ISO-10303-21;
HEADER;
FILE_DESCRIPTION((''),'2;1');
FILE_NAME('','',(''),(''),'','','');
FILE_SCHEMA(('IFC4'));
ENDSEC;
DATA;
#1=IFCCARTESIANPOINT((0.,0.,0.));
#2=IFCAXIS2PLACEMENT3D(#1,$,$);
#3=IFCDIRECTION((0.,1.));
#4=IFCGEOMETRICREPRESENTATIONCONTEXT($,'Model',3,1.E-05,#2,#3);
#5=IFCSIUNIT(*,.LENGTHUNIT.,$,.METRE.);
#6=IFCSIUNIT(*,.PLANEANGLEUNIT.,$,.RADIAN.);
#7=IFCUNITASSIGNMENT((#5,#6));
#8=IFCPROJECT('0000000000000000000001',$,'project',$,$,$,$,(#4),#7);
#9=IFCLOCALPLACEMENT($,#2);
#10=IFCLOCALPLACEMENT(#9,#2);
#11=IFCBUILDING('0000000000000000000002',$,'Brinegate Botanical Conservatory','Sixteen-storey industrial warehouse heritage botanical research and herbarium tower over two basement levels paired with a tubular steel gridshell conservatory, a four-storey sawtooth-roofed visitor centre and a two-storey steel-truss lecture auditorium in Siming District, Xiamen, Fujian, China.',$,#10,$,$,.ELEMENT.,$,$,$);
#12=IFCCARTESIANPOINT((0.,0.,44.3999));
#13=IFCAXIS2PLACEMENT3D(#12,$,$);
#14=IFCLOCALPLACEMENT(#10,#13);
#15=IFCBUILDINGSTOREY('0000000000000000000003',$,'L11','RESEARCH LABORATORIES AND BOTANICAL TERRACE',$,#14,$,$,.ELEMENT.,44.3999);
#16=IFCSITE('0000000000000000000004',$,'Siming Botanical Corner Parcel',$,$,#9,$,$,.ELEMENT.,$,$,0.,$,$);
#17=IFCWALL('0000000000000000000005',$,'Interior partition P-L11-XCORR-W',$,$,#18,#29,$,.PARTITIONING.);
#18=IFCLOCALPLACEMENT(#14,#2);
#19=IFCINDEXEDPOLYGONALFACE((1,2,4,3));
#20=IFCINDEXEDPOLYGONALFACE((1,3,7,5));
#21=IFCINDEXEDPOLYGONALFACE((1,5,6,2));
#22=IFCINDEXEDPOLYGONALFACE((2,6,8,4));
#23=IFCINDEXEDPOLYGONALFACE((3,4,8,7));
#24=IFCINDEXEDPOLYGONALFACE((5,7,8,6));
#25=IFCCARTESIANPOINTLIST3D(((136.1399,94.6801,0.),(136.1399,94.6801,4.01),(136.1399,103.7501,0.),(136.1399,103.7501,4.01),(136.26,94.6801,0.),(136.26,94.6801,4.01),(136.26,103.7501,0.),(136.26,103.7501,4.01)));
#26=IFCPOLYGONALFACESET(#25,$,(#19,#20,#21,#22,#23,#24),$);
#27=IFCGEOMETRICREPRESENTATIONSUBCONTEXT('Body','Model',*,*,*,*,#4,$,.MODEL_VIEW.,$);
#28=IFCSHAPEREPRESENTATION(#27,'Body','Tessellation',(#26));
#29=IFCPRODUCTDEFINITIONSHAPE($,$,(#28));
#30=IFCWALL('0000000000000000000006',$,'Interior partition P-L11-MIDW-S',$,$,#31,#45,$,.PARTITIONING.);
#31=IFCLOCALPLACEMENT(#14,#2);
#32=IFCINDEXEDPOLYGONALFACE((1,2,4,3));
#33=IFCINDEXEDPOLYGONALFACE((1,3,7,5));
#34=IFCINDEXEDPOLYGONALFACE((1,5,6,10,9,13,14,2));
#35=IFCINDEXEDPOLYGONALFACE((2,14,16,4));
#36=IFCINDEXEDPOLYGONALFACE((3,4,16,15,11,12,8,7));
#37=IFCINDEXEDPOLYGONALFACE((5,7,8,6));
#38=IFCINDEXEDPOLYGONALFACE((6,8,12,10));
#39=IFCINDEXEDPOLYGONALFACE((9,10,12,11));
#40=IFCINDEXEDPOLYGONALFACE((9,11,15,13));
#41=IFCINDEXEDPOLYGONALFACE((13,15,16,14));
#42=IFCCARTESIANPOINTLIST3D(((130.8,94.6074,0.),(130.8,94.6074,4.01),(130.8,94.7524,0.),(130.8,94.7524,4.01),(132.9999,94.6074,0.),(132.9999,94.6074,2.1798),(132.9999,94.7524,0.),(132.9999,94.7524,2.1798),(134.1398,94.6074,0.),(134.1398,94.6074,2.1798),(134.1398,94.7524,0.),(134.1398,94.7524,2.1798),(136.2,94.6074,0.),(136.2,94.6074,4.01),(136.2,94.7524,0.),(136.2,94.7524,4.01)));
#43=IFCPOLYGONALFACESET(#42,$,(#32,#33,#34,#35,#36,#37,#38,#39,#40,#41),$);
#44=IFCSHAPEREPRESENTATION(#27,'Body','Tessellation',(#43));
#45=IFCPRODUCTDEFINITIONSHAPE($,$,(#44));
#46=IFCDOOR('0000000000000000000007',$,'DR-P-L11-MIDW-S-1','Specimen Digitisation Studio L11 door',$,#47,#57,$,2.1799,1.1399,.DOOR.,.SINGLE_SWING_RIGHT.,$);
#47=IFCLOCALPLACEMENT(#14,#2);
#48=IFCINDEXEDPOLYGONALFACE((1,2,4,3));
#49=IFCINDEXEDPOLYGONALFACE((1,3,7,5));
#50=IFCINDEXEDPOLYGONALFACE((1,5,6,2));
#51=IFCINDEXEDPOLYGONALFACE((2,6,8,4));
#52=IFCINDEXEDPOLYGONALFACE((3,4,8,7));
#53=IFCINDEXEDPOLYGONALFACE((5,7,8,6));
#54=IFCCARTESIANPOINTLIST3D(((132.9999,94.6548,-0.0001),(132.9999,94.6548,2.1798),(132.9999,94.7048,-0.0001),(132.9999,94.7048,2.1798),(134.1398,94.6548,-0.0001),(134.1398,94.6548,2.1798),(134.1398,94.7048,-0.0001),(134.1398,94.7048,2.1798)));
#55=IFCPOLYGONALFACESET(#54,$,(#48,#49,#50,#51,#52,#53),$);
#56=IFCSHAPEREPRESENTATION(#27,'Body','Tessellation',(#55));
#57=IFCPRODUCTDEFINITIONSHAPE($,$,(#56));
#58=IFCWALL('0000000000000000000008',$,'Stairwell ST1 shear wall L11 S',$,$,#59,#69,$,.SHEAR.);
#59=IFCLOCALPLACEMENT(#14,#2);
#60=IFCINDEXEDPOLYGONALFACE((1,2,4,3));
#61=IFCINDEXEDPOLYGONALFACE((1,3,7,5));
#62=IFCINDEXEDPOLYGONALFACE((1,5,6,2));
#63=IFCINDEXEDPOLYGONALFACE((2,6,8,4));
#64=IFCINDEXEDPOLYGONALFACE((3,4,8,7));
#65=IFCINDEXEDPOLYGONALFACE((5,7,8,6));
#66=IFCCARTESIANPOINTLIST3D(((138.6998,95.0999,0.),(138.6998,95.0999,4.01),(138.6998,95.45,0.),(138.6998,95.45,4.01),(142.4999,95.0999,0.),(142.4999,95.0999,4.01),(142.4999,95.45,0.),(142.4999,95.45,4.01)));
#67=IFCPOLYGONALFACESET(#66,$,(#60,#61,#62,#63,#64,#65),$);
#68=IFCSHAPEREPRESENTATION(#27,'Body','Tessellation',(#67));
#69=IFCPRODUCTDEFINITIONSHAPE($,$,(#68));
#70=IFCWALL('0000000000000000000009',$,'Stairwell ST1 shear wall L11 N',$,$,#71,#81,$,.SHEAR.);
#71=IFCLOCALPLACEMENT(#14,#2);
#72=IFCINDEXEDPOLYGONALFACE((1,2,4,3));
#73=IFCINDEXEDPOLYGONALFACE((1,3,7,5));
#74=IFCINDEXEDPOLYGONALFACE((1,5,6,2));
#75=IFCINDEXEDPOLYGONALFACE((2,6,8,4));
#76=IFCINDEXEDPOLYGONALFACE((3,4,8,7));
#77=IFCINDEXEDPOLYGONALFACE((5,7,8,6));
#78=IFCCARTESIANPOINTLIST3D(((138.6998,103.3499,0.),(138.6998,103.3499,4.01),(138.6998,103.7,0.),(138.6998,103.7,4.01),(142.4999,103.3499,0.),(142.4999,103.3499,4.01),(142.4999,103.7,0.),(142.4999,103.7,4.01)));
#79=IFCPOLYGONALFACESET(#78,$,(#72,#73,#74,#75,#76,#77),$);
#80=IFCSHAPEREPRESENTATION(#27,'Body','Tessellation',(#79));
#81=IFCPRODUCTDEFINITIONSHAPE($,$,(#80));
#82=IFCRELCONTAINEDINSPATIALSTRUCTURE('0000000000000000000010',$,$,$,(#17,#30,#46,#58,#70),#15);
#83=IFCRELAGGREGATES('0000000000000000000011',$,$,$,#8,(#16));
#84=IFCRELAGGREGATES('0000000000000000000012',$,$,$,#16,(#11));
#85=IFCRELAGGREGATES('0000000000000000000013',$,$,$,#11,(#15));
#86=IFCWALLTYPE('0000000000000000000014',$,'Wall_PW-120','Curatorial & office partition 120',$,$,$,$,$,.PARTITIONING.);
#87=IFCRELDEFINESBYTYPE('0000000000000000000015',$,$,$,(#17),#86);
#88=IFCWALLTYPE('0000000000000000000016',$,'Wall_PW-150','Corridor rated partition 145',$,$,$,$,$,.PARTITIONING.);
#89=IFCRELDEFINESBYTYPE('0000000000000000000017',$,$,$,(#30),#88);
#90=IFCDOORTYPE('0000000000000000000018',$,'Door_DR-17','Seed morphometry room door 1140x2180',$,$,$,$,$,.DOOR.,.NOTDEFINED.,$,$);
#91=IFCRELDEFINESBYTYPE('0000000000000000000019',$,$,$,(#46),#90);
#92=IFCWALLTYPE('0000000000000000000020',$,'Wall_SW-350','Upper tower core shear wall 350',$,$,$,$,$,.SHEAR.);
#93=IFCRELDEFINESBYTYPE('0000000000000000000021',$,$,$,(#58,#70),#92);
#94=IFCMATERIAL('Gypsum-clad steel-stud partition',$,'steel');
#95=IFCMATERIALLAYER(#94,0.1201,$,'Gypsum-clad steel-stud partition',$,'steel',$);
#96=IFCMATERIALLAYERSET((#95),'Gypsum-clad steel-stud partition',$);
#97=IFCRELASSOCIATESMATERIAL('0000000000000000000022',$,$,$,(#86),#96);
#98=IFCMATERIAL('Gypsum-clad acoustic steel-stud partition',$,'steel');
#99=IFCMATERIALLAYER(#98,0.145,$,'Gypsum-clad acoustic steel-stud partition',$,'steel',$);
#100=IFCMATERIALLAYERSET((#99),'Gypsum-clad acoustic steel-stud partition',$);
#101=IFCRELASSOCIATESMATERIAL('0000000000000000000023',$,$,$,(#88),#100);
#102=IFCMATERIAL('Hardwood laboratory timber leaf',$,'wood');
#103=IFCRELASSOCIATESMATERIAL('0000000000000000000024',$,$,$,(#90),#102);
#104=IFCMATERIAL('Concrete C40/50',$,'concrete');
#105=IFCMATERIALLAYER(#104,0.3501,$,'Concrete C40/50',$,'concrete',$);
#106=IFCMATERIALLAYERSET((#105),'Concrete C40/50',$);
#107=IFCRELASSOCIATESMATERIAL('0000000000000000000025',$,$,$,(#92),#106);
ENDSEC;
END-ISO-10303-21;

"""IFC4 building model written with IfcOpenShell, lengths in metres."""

from ifc_helpers import new_model, si_unit, direction, frame, frame_2d, origin, place, context, subcontext, project, spatial, rectangle, extrude, material, layer, layer_set, type_object, element, fill, save


model = new_model("IFC4")

# Units and contexts
model_context = context("Model", 3, precision=1e-05, world=origin(), true_north=direction((0.0, 1.0)))
body_context = subcontext(model_context, "Body", "Model", "MODEL_VIEW")
ifc_project = project(units=[si_unit("LENGTHUNIT", "METRE"), si_unit("PLANEANGLEUNIT", "RADIAN")], contexts=[model_context])

# Site, building, storey
site_placement = place(None, origin())
site = spatial("IfcSite", under=ifc_project, at=site_placement, Name="Siming Botanical Corner Parcel", CompositionType="ELEMENT", RefElevation=0.0)
building_placement = place(site_placement, origin())
building = spatial("IfcBuilding", under=site, at=building_placement, Name="Brinegate Botanical Conservatory", Description="Sixteen-storey industrial warehouse heritage botanical research and herbarium tower over two basement levels paired with a tubular steel gridshell conservatory, a four-storey sawtooth-roofed visitor centre and a two-storey steel-truss lecture auditorium in Siming District, Xiamen, Fujian, China.", CompositionType="ELEMENT")
storey_placement = place(building_placement, frame((0.0, 0.0, 44.3999)))
storey = spatial("IfcBuildingStorey", under=building, at=storey_placement, Name="L11", Description="RESEARCH LABORATORIES AND BOTANICAL TERRACE", CompositionType="ELEMENT", Elevation=44.3999)

# Shared definitions
ifc_material_1 = material(Name="Concrete C40/50", Category="concrete")

# Wall
ifc_material_2 = material(Name="Gypsum-clad steel-stud partition", Category="steel")
ifc_layer_1 = layer(ifc_material_2, 0.1201, Name="Gypsum-clad steel-stud partition", Category="steel")
ifc_layer_set_1 = layer_set([ifc_layer_1], Name="Gypsum-clad steel-stud partition")
wall_type_1 = type_object("IfcWallType", Name="Wall_PW-120", Description="Curatorial & office partition 120", PredefinedType="PARTITIONING", material=ifc_layer_set_1)
wall_1_placement = place(storey_placement, frame((136.2, 94.6799, 0.0), z_axis=(0.0, 0.0, 1.0), x_axis=(0.0, 1.0, 0.0)))
element("IfcWall", 1, at=wall_1_placement, inside=storey, type_object=wall_type_1, Name="Interior partition P-L11-XCORR-W", PredefinedType="PARTITIONING", context=body_context, shape_type="SweptSolid", body=[
    extrude(rectangle(XDim=9.0701, YDim=0.1201, at=frame_2d((4.5352, 0.0))), origin(), (0.0, 0.0, 1.0), 4.01),
])

# Wall, opening, door
ifc_material_3 = material(Name="Gypsum-clad acoustic steel-stud partition", Category="steel")
ifc_layer_2 = layer(ifc_material_3, 0.145, Name="Gypsum-clad acoustic steel-stud partition", Category="steel")
ifc_layer_set_2 = layer_set([ifc_layer_2], Name="Gypsum-clad acoustic steel-stud partition")
wall_type_2 = type_object("IfcWallType", Name="Wall_PW-150", Description="Corridor rated partition 145", PredefinedType="PARTITIONING", material=ifc_layer_set_2)
wall_2_placement = place(storey_placement, frame((130.8, 94.6799, 0.0), z_axis=(0.0, 0.0, 1.0), x_axis=(1.0, 0.0, 0.0)))
wall_2 = element("IfcWall", 2, at=wall_2_placement, inside=storey, type_object=wall_type_2, Name="Interior partition P-L11-MIDW-S", PredefinedType="PARTITIONING", context=body_context, shape_type="SweptSolid", body=[
    extrude(rectangle(XDim=5.3999, YDim=0.145, at=frame_2d((2.7, 0.0))), origin(), (0.0, 0.0, 1.0), 4.01),
])
opening_1_placement = place(wall_2_placement, frame((2.2, 0.0, 0.0)))
opening_1 = element("IfcOpeningElement", 3, at=opening_1_placement, cuts=wall_2, PredefinedType="OPENING", context=body_context, shape_type="SweptSolid", body=[
    extrude(rectangle(XDim=1.1399, YDim=2.1799, at=frame_2d((0.5698, 1.0898))), frame((0.0, 0.0825, 0.0), z_axis=(0.0, -1.0, 0.0), x_axis=(1.0, 0.0, 0.0)), (0.0, 0.0, 1.0), 0.165),
])
ifc_material_4 = material(Name="Hardwood laboratory timber leaf", Category="wood")
door_type = type_object("IfcDoorType", Name="Door_DR-17", Description="Seed morphometry room door 1140x2180", OperationType="NOTDEFINED", PredefinedType="DOOR", material=ifc_material_4)
door_placement = place(opening_1_placement, origin())
door = element("IfcDoor", 4, at=door_placement, inside=storey, type_object=door_type, Name="DR-P-L11-MIDW-S-1", Description="Specimen Digitisation Studio L11 door", OperationType="SINGLE_SWING_RIGHT", OverallHeight=2.1799, OverallWidth=1.1399, PredefinedType="DOOR", context=body_context, shape_type="SweptSolid", body=[
    extrude(rectangle(XDim=1.1399, YDim=2.1799, at=frame_2d((0.5698, 1.0898))), frame((0.0, 0.0249, 0.0), z_axis=(0.0, -1.0, 0.0), x_axis=(1.0, 0.0, 0.0)), (0.0, 0.0, 1.0), 0.05),
])
fill(opening_1, door)

# Walls
ifc_layer_3 = layer(ifc_material_1, 0.3501, Name="Concrete C40/50", Category="concrete")
ifc_layer_set_3 = layer_set([ifc_layer_3], Name="Concrete C40/50")
wall_type_3 = type_object("IfcWallType", Name="Wall_SW-350", Description="Upper tower core shear wall 350", PredefinedType="SHEAR", material=ifc_layer_set_3)
for number, where, z_axis, x_axis, name in (
    (5, (138.7, 95.2749, 0.0), (0.0, 0.0, 1.0), (1.0, 0.0, 0.0), "Stairwell ST1 shear wall L11 S"),
    (6, (138.7, 103.5249, 0.0), (0.0, 0.0, 1.0), (1.0, 0.0, 0.0), "Stairwell ST1 shear wall L11 N"),
):
    element("IfcWall", number, at=place(storey_placement, frame(where, z_axis=z_axis, x_axis=x_axis)), inside=storey, type_object=wall_type_3, Name=name, PredefinedType="SHEAR", context=body_context, shape_type="SweptSolid", body=[
        extrude(rectangle(XDim=3.8, YDim=0.3501, at=frame_2d((1.8999, 0.0))), origin(), (0.0, 0.0, 1.0), 4.01),
    ])

save(model, "model.ifc")
